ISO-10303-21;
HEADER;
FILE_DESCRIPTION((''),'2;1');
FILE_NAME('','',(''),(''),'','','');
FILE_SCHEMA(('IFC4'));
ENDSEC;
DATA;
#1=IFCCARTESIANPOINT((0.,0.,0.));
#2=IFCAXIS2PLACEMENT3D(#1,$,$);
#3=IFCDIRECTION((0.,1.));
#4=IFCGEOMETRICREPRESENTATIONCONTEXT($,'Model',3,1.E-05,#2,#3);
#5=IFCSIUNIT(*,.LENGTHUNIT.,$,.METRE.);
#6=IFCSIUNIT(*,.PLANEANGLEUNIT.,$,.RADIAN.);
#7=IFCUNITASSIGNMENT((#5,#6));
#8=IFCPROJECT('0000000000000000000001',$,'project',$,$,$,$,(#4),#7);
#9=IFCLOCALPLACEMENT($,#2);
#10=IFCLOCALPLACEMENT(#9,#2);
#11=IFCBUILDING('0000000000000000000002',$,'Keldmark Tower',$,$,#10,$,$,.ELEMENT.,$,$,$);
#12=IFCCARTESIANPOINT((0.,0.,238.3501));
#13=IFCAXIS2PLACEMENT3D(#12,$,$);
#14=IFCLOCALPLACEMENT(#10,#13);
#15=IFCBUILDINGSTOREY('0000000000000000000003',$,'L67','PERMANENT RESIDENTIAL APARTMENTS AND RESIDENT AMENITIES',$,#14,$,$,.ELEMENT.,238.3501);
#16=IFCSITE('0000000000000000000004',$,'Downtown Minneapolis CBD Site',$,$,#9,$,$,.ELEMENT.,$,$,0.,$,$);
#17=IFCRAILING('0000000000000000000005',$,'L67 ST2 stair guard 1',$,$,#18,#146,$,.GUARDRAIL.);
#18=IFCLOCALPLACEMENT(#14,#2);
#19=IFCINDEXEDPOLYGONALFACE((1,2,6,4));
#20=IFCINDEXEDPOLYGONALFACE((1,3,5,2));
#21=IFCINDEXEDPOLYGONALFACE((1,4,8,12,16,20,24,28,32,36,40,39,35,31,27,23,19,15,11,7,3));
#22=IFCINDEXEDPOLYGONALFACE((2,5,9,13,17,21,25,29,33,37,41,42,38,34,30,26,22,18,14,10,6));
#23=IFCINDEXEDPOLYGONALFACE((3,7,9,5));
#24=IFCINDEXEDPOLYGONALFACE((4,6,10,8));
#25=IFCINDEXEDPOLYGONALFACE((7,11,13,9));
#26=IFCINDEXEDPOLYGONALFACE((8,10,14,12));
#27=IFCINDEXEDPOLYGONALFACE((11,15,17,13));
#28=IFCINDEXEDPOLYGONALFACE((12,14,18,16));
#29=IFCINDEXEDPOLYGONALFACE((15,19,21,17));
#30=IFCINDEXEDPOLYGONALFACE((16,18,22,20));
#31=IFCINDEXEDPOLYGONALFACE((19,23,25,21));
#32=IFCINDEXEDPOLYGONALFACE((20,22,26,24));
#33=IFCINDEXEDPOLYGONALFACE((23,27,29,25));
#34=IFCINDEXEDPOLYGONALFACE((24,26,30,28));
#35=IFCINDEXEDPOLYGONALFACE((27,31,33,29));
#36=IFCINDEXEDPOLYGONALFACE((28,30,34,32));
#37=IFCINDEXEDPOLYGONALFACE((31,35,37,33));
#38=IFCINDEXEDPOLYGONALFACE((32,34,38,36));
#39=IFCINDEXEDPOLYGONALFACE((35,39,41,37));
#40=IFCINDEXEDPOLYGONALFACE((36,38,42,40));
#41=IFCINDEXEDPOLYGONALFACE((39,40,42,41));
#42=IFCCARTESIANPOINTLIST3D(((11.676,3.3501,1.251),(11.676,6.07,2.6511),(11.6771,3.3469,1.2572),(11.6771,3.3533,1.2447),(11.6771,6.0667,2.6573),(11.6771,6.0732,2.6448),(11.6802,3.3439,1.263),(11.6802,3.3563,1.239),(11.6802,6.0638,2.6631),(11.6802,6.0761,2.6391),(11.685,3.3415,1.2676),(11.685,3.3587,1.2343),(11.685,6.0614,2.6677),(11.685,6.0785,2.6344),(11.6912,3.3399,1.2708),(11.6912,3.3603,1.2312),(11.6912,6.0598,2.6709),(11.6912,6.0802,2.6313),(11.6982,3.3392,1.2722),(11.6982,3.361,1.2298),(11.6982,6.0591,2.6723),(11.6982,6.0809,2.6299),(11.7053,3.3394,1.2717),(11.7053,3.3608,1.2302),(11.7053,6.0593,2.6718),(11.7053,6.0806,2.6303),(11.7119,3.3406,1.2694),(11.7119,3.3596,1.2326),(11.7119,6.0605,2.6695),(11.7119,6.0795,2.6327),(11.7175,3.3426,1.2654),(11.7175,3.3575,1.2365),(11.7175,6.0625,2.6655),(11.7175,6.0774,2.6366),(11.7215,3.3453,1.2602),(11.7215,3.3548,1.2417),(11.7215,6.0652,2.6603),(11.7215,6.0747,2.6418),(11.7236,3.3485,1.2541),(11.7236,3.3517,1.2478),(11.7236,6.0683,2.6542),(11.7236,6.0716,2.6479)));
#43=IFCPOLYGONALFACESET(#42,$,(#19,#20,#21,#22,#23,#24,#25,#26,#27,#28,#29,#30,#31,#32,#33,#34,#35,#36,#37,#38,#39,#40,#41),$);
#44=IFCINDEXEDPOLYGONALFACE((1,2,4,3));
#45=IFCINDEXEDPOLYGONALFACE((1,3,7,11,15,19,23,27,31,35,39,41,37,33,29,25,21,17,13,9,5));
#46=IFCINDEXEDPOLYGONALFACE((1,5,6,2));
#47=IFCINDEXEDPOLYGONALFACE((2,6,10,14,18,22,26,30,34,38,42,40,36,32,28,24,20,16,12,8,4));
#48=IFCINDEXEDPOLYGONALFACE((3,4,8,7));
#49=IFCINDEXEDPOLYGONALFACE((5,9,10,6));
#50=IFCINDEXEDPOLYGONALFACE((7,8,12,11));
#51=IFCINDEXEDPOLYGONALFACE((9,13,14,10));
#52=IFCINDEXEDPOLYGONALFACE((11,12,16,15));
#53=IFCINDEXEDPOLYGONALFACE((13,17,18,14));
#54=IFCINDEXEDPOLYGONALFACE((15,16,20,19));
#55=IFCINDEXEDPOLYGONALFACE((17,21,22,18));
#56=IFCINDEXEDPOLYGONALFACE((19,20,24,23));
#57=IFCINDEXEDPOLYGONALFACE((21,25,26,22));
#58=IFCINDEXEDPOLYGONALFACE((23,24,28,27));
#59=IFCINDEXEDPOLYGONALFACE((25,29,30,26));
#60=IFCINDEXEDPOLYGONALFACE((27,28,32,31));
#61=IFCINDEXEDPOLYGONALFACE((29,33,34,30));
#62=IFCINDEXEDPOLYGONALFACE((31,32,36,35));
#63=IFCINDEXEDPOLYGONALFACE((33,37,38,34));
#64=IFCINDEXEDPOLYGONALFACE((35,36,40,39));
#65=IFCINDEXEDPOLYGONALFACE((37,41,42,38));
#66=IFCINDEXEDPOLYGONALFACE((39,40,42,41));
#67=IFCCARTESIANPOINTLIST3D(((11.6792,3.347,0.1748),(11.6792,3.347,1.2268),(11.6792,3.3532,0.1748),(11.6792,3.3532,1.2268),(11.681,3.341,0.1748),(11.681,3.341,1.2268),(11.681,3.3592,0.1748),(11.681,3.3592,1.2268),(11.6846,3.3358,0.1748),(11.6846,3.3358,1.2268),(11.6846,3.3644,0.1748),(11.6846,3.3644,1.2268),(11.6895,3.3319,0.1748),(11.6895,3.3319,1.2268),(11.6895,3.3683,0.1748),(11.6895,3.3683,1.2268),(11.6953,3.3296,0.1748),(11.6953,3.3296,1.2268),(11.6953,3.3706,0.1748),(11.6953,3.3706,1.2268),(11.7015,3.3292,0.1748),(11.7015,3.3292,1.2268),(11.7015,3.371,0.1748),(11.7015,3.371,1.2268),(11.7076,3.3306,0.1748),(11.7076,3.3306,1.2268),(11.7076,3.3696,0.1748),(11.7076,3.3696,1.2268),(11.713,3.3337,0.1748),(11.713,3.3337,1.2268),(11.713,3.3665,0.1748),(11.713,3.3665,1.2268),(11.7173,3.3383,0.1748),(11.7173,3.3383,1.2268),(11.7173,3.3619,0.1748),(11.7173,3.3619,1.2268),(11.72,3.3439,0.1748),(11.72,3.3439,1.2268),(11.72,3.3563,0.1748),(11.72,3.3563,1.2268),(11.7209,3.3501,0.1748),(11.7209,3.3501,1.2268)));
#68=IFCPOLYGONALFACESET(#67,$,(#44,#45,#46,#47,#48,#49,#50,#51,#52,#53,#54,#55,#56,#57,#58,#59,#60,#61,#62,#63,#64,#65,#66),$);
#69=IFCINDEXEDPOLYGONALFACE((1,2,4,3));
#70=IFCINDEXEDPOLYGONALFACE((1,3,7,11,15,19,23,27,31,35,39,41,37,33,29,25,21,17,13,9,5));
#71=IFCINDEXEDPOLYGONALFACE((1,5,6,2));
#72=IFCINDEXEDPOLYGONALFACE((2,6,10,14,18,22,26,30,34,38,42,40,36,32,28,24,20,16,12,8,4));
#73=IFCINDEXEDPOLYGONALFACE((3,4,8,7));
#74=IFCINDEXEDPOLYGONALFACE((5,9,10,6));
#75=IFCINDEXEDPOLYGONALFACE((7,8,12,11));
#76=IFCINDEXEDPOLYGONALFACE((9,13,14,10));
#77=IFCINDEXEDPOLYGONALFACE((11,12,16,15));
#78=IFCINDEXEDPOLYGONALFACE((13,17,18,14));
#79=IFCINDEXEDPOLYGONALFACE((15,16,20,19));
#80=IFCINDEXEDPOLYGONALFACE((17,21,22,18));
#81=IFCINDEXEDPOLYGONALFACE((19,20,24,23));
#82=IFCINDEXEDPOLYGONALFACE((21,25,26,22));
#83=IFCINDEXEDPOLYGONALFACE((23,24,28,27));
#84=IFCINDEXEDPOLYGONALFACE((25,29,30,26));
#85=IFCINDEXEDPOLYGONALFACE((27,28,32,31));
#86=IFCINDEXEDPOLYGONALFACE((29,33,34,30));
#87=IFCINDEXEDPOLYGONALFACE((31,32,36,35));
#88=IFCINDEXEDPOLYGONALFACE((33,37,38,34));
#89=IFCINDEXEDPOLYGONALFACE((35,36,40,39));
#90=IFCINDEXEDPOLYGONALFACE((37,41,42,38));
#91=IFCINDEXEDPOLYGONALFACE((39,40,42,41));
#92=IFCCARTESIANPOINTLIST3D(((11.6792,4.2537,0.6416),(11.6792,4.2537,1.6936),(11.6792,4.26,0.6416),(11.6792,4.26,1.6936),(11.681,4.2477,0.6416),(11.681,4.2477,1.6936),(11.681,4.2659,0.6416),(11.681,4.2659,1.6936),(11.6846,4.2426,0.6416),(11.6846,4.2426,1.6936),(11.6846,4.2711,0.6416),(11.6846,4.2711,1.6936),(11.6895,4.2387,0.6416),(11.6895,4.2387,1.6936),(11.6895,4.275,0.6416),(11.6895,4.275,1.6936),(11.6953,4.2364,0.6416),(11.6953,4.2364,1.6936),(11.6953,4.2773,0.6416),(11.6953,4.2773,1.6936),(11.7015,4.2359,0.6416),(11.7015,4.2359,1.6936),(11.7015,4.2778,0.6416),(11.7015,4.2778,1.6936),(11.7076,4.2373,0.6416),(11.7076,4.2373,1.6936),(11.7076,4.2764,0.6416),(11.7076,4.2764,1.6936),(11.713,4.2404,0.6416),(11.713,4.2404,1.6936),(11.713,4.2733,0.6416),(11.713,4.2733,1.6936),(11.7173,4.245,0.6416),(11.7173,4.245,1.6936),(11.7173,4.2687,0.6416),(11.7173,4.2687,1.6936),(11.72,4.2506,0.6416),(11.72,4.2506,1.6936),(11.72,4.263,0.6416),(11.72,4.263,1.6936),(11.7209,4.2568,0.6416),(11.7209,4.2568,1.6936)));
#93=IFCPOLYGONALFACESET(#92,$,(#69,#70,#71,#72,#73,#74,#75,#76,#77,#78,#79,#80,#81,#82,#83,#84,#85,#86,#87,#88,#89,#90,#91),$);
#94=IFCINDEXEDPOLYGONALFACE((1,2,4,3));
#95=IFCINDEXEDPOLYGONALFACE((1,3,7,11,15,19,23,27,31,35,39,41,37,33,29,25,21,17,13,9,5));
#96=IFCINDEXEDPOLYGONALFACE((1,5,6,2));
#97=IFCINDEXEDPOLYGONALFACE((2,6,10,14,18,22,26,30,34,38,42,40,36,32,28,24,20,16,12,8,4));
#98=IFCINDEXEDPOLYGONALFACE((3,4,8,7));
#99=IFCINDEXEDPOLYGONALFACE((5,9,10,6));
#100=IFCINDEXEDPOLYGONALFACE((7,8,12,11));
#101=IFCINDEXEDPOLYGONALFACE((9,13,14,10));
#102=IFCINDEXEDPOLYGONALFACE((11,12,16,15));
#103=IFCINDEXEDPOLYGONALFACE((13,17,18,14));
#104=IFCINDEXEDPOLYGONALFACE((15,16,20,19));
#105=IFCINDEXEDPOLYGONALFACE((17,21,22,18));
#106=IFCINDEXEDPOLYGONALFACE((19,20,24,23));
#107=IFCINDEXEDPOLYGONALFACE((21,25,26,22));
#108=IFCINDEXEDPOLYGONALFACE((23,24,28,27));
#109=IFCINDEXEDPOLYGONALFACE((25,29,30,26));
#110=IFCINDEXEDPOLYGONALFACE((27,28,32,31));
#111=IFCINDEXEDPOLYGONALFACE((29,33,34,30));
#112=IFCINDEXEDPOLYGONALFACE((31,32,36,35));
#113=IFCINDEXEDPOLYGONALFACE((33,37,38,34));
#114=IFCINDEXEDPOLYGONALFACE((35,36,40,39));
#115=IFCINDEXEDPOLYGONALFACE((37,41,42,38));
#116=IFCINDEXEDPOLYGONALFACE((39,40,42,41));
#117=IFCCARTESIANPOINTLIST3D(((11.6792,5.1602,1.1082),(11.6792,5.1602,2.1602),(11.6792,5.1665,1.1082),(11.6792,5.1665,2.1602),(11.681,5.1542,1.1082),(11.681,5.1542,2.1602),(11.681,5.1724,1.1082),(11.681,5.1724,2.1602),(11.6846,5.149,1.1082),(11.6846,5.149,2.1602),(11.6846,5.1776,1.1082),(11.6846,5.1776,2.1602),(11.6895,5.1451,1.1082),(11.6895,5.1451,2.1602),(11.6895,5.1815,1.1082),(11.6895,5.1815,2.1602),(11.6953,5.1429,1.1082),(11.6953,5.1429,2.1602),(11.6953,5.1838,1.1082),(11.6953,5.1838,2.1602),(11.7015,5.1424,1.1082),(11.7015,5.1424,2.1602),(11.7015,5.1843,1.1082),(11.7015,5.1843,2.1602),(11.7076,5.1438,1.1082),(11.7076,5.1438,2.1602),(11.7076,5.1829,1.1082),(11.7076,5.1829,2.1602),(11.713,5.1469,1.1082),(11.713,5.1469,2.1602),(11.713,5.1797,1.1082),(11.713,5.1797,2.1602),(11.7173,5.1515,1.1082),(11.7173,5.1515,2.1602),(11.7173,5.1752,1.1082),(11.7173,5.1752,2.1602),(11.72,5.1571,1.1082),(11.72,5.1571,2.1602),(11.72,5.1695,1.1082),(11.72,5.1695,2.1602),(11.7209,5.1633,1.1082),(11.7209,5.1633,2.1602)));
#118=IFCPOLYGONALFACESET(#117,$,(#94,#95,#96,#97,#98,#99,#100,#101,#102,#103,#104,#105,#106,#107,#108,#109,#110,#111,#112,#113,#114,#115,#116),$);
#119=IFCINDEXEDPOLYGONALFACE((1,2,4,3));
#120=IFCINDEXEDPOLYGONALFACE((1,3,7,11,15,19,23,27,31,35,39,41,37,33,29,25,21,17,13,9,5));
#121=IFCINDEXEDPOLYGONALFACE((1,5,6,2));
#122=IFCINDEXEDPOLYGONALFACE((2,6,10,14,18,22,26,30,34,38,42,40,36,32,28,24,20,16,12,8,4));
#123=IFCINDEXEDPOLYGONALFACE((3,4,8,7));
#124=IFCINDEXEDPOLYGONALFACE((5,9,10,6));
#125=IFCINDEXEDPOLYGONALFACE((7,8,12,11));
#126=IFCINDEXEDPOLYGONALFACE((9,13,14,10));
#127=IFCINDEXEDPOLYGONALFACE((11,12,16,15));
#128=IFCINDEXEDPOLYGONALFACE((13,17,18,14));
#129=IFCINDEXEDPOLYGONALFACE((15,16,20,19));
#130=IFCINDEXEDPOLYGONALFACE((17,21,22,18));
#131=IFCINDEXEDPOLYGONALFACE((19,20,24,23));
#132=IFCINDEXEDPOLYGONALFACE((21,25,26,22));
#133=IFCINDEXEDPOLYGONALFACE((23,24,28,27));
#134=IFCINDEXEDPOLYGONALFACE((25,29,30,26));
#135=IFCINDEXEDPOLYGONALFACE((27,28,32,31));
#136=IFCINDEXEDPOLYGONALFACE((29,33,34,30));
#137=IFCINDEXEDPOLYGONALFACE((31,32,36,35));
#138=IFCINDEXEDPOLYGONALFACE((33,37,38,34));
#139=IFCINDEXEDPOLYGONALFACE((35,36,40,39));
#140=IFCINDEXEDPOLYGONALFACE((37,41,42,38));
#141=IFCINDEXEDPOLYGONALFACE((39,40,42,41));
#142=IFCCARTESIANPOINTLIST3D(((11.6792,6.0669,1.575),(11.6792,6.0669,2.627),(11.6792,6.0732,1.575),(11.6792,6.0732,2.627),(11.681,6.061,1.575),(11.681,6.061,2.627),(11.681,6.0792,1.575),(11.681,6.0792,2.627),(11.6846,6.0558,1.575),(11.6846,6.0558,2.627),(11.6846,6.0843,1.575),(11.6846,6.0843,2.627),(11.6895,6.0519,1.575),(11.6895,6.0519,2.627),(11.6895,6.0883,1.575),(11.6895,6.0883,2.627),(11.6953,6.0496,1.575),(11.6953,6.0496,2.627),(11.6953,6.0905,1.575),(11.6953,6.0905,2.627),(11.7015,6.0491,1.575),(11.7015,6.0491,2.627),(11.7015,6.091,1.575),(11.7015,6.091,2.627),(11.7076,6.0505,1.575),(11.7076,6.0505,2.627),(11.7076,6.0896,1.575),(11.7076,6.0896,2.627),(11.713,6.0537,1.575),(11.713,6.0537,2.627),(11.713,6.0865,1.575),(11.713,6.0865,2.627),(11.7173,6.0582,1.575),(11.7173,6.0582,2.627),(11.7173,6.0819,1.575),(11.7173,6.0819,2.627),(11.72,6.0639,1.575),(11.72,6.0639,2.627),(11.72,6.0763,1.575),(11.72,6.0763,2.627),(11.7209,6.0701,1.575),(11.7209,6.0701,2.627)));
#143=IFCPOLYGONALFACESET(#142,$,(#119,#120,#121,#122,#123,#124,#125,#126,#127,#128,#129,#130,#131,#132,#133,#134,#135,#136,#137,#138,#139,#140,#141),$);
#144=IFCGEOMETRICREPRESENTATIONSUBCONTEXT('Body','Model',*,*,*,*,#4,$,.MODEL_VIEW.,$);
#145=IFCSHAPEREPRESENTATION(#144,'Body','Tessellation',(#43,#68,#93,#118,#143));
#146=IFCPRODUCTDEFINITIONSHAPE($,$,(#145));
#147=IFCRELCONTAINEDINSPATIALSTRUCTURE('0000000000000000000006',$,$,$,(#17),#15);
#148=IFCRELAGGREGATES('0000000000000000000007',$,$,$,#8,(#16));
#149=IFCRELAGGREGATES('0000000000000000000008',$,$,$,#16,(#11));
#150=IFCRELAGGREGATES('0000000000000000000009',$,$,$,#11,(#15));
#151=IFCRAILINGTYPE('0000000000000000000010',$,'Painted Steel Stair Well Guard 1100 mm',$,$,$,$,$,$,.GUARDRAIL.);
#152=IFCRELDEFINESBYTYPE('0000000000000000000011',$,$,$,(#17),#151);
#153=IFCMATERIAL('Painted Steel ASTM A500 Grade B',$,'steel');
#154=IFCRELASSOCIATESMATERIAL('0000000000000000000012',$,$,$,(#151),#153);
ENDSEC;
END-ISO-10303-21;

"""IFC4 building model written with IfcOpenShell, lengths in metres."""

from ifc_helpers import new_model, si_unit, direction, frame, origin, origin_2d, place, context, subcontext, project, spatial, circle, extrude, material, type_object, element, save


model = new_model("IFC4")

# Units and contexts
model_context = context("Model", 3, precision=1e-05, world=origin(), true_north=direction((0.0, 1.0)))
body_context = subcontext(model_context, "Body", "Model", "MODEL_VIEW")
ifc_project = project(units=[si_unit("LENGTHUNIT", "METRE"), si_unit("PLANEANGLEUNIT", "RADIAN")], contexts=[model_context])

# Site, building, storey
site_placement = place(None, origin())
site = spatial("IfcSite", under=ifc_project, at=site_placement, Name="Downtown Minneapolis CBD Site", CompositionType="ELEMENT", RefElevation=0.0)
building_placement = place(site_placement, origin())
building = spatial("IfcBuilding", under=site, at=building_placement, Name="Keldmark Tower", CompositionType="ELEMENT")
storey_placement = place(building_placement, frame((0.0, 0.0, 238.3501)))
storey = spatial("IfcBuildingStorey", under=building, at=storey_placement, Name="L67", Description="PERMANENT RESIDENTIAL APARTMENTS AND RESIDENT AMENITIES", CompositionType="ELEMENT", Elevation=238.3501)

# Railing
ifc_material_1 = material(Name="Painted Steel ASTM A500 Grade B", Category="steel")
railing_type_1 = type_object("IfcRailingType", Name="Painted Steel Stair Well Guard 1100 mm", PredefinedType="GUARDRAIL", material=ifc_material_1)
railing_1_placement = place(storey_placement, frame((11.7, 3.3501, 0.1748)))
element("IfcRailing", 1, at=railing_1_placement, inside=storey, type_object=railing_type_1, Name="L67 ST2 stair guard 1", PredefinedType="GUARDRAIL", context=body_context, shape_type="SweptSolid", body=[
    extrude(circle(Radius=0.0239, at=origin_2d()), frame((0.0, 0.0, 1.0762), z_axis=(0.0, 0.889114, 0.457685), x_axis=(-1.0, 0.0, 0.0)), (0.0, 0.0, 1.0), 3.0591),
    extrude(circle(Radius=0.021, at=origin_2d()), origin(), (0.0, 0.0, 1.0), 1.052),
    extrude(circle(Radius=0.021, at=origin_2d()), frame((0.0, 0.9067, 0.4668)), (0.0, 0.0, 1.0), 1.052),
    extrude(circle(Radius=0.021, at=origin_2d()), frame((0.0, 1.8132, 0.9333)), (0.0, 0.0, 1.0), 1.052),
    extrude(circle(Radius=0.021, at=origin_2d()), frame((0.0, 2.72, 1.4001)), (0.0, 0.0, 1.0), 1.052),
])

save(model, "model.ifc")
